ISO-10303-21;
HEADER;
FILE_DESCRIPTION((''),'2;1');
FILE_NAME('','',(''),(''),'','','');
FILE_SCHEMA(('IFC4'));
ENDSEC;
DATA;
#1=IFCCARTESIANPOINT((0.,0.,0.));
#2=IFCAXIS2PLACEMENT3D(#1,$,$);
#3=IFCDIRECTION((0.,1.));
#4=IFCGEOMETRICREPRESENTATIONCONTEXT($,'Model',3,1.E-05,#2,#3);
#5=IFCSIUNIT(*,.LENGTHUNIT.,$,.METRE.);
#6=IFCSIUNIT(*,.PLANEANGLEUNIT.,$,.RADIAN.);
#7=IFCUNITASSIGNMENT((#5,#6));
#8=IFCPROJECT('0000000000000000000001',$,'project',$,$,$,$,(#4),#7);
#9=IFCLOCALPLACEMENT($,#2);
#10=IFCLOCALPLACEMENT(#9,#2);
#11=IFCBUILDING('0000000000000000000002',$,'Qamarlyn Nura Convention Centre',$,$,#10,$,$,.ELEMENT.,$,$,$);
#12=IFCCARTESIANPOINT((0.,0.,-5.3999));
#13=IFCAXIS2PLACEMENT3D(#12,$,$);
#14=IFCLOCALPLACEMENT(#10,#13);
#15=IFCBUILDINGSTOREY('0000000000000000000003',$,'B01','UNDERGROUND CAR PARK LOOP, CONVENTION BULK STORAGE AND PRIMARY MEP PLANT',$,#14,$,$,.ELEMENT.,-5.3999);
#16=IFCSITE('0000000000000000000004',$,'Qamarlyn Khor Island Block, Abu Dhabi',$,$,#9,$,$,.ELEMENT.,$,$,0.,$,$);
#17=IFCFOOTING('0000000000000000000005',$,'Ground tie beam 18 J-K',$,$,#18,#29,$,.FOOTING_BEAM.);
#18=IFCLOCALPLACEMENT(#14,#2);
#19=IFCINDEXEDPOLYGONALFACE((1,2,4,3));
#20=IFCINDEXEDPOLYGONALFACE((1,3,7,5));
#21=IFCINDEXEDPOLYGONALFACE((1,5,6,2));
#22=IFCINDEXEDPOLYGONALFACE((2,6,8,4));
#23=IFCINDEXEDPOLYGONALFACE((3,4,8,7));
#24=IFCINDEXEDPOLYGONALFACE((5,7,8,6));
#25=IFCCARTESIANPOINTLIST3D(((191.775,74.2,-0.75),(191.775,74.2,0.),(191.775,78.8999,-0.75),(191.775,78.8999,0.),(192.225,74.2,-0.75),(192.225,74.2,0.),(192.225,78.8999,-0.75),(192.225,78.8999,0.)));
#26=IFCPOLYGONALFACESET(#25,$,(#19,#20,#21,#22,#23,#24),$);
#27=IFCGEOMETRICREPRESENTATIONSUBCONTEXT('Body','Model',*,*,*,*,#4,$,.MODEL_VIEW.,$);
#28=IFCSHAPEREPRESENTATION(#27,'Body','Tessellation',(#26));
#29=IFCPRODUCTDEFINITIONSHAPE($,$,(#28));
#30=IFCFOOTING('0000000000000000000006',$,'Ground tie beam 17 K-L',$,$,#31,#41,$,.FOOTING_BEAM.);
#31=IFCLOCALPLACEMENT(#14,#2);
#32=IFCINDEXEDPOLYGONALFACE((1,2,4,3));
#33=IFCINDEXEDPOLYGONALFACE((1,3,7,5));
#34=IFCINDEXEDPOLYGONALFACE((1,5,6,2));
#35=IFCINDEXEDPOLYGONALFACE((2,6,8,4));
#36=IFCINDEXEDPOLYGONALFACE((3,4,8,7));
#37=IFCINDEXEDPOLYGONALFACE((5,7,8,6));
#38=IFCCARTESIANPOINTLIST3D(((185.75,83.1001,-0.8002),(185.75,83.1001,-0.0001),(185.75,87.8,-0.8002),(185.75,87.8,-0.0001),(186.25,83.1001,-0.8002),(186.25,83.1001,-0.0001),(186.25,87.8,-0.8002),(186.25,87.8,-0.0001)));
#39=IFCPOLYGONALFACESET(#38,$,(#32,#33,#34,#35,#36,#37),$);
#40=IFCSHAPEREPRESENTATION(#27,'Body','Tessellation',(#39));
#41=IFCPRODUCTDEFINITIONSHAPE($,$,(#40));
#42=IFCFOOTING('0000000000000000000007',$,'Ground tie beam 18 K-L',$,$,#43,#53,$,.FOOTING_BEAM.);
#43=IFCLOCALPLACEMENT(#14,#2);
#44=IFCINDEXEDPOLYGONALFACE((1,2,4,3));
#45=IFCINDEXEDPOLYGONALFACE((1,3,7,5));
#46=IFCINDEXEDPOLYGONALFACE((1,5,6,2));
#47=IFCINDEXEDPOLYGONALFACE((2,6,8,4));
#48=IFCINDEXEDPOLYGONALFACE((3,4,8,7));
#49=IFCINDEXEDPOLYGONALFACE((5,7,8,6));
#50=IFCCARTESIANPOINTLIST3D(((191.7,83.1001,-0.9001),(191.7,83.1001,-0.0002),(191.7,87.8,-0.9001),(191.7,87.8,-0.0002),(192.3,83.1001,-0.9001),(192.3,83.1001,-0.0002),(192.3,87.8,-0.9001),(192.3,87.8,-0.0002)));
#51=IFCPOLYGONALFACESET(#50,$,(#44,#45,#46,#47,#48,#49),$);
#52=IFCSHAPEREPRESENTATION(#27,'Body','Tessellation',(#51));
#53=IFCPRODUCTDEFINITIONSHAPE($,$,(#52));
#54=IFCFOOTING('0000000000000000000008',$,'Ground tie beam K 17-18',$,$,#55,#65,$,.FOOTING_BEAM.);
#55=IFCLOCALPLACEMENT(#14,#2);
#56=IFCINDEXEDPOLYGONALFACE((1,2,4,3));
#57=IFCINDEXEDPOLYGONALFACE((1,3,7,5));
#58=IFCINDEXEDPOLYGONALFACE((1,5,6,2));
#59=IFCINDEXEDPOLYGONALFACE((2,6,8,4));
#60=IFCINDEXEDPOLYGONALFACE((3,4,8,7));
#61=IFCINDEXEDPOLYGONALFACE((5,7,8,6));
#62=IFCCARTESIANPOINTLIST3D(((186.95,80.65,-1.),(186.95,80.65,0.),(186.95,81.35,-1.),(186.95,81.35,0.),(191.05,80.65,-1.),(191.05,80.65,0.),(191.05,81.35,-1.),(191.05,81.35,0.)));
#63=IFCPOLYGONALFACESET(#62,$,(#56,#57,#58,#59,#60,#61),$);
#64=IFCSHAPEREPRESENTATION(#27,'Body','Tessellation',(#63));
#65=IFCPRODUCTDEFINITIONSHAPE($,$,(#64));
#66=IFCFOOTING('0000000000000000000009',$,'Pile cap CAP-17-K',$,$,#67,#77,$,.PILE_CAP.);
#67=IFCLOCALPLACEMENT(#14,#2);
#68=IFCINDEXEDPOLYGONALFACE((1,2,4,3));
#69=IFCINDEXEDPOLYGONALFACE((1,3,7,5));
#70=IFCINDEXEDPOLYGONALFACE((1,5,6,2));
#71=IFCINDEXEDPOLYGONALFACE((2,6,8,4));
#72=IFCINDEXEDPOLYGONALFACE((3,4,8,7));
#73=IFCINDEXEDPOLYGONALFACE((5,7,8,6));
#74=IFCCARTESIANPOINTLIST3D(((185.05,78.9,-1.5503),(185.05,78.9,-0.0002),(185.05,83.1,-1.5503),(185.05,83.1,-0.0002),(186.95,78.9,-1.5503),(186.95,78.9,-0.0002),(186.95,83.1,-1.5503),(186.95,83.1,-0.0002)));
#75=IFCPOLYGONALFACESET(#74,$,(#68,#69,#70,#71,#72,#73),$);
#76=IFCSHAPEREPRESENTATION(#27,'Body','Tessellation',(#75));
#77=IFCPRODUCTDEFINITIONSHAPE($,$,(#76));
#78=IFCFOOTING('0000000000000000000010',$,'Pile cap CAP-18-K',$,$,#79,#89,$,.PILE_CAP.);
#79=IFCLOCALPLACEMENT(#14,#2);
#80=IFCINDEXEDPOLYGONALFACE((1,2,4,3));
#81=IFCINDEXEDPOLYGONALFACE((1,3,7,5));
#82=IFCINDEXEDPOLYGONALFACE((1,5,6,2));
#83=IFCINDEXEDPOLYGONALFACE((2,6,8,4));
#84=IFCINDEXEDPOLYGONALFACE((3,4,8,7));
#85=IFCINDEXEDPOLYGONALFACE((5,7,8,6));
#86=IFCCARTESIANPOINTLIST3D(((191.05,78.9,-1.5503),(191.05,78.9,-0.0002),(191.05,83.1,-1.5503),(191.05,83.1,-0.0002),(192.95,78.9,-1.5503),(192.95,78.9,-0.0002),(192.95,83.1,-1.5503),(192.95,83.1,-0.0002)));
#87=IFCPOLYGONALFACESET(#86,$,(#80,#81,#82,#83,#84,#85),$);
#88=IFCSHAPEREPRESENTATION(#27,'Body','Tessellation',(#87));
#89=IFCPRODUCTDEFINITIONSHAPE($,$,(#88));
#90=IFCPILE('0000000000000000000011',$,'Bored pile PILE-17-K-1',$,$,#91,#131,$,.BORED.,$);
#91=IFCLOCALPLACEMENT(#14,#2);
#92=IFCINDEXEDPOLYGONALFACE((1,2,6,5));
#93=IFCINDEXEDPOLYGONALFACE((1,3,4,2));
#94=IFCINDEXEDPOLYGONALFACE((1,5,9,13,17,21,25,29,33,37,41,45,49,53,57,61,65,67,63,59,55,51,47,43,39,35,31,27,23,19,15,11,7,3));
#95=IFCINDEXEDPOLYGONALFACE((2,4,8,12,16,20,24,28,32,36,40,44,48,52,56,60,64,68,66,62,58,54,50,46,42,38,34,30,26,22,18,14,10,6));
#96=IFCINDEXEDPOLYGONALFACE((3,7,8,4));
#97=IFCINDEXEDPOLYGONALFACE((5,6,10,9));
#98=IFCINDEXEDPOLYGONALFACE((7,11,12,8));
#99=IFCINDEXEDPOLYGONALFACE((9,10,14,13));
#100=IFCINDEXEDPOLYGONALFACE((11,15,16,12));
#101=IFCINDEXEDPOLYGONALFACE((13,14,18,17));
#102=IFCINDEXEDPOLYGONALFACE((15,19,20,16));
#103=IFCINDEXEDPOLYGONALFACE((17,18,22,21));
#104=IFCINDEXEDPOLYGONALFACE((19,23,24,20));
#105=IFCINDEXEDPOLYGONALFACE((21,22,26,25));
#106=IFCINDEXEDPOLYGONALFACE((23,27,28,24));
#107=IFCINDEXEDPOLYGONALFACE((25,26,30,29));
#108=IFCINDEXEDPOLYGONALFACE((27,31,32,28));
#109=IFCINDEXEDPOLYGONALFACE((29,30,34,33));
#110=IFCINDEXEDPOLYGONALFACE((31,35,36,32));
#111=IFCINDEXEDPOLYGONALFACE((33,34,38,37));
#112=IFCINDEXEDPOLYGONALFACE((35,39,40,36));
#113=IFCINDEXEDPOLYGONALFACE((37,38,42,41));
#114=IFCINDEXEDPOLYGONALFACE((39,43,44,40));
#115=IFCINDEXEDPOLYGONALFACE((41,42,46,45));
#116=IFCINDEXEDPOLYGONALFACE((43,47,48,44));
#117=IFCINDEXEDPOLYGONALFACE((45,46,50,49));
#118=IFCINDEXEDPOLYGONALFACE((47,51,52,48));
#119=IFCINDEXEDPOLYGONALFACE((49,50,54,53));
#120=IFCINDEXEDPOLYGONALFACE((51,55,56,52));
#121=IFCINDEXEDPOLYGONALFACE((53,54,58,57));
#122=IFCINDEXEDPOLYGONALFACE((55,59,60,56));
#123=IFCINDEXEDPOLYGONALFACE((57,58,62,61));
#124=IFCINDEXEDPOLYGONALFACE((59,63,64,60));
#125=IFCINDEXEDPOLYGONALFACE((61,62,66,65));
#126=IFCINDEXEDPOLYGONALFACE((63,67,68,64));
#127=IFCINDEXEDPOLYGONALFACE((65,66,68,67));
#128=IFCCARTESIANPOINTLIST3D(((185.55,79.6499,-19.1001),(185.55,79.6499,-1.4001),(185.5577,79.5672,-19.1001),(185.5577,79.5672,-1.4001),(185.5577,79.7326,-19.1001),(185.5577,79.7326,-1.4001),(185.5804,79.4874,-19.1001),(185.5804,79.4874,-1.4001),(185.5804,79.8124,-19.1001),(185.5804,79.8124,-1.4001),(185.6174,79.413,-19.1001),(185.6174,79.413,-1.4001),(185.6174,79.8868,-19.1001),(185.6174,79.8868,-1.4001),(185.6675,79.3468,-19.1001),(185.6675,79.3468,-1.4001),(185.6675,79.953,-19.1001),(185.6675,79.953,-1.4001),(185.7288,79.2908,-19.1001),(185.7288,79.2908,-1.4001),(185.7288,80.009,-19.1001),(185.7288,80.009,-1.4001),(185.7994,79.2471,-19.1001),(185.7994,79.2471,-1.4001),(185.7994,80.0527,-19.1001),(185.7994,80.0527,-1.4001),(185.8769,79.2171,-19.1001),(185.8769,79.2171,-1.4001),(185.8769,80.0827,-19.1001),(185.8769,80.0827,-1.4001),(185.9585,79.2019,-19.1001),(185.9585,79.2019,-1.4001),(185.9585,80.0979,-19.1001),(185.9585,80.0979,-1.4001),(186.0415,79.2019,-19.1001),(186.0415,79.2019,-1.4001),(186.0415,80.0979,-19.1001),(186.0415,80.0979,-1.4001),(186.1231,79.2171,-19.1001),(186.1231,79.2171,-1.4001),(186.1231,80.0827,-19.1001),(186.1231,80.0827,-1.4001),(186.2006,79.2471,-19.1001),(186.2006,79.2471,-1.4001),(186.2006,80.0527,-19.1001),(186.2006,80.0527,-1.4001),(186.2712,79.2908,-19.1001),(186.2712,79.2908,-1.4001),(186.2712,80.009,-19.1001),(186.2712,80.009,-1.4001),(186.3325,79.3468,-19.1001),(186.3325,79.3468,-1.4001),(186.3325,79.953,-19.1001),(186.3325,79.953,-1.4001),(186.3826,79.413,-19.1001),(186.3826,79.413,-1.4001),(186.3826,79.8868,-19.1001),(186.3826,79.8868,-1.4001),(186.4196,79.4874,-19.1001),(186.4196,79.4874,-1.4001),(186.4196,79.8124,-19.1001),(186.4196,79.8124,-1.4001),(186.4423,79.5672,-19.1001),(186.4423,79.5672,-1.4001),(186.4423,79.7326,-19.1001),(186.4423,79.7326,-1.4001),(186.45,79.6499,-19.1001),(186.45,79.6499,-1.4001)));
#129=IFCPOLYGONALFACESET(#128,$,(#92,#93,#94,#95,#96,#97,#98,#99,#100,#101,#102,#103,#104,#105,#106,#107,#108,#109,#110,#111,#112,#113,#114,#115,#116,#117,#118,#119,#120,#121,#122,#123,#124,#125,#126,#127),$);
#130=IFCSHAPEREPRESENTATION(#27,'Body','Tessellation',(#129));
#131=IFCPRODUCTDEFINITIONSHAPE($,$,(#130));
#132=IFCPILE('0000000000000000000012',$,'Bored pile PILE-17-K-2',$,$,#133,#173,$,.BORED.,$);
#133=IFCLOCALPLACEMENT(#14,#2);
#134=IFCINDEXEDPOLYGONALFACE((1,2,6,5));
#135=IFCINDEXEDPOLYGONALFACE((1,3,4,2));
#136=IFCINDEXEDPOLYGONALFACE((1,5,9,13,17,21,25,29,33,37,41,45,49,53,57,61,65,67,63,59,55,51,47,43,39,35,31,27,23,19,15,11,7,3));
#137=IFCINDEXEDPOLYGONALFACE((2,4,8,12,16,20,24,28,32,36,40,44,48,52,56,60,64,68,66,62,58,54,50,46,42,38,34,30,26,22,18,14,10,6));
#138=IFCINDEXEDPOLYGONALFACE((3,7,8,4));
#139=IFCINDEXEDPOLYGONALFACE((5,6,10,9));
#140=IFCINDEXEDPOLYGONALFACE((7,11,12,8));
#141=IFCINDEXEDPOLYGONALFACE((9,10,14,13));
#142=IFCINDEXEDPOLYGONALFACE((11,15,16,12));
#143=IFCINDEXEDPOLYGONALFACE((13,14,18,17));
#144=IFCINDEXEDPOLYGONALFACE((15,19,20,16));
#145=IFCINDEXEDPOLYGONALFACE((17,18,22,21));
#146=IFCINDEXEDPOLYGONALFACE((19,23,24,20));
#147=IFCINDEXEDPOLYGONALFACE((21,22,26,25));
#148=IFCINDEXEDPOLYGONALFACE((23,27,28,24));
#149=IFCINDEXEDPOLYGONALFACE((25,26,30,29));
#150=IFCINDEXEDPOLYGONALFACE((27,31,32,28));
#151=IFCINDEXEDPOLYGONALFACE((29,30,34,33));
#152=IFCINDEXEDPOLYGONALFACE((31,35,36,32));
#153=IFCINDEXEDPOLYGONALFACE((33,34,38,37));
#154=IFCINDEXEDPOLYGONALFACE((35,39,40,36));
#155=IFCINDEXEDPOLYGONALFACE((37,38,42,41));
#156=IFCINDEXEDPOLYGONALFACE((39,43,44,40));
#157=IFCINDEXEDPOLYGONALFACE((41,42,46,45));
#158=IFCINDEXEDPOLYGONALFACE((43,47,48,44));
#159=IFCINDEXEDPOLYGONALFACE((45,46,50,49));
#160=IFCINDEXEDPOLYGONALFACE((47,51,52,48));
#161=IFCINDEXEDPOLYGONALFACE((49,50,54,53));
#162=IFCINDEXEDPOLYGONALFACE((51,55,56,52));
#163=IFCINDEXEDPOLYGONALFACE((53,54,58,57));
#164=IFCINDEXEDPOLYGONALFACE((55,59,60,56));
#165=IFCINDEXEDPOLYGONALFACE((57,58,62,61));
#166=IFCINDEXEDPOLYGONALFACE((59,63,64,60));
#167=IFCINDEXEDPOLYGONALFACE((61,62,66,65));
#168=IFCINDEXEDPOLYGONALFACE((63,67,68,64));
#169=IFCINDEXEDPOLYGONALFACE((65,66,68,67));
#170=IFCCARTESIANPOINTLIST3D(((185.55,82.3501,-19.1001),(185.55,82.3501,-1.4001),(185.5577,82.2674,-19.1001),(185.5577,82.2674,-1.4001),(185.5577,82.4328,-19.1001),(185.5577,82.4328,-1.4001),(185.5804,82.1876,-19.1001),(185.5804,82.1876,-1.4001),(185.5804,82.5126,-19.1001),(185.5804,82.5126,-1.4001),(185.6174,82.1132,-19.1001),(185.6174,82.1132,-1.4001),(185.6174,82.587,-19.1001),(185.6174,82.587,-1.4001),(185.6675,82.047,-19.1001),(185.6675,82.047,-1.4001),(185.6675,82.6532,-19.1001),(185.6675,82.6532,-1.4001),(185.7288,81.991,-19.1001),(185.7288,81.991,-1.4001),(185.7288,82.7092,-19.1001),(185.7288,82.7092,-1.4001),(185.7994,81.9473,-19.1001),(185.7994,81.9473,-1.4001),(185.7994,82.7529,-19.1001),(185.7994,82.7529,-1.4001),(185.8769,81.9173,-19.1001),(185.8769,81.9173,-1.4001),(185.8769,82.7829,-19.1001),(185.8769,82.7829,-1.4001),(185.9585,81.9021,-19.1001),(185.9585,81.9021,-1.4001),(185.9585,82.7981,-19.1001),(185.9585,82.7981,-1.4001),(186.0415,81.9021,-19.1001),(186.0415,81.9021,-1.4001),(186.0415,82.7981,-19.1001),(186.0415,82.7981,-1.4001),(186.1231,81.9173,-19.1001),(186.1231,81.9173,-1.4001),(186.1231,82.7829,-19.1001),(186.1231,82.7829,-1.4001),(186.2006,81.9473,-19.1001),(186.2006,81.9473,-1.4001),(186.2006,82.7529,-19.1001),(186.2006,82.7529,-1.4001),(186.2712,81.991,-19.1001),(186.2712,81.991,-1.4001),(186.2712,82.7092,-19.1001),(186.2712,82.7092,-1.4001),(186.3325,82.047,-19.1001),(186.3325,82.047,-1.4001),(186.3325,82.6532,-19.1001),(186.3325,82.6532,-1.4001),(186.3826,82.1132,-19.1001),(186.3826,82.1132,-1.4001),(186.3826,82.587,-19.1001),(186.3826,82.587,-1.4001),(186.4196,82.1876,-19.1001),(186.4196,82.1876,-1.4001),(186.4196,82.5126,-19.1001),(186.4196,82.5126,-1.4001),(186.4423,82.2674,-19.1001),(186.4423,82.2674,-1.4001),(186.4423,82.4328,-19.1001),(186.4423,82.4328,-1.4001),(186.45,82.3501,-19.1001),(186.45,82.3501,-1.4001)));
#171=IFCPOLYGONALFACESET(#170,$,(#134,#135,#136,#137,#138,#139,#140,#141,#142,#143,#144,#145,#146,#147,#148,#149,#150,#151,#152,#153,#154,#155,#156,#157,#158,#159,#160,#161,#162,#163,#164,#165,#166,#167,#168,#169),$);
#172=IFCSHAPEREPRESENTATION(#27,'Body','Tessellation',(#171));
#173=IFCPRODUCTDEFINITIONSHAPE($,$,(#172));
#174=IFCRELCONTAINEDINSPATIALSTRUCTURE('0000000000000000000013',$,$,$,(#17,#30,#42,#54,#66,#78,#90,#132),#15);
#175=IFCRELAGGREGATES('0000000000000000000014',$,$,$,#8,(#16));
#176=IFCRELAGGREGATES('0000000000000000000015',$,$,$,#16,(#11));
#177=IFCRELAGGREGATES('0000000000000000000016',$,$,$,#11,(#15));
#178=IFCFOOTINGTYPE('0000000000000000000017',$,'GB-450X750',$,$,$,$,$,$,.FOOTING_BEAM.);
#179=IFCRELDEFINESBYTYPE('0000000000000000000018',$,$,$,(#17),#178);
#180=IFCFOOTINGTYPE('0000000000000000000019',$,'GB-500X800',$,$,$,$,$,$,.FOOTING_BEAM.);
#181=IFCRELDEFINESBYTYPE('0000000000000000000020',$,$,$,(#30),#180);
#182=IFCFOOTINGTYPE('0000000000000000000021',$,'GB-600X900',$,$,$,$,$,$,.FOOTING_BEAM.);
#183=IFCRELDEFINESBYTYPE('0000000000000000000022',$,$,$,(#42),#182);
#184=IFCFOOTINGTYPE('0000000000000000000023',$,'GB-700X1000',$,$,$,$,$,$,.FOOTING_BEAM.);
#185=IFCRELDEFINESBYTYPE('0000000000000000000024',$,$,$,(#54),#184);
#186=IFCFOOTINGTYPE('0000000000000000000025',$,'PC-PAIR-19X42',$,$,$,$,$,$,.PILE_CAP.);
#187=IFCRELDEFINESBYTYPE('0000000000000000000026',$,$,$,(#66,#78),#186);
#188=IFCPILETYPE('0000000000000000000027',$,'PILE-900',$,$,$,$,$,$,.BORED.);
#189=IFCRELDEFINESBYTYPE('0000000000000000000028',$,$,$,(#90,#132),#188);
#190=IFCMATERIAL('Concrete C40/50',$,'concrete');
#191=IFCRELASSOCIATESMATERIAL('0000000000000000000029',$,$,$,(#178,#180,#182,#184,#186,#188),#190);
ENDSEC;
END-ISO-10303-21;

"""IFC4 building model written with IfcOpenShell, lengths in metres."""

from ifc_helpers import new_model, si_unit, direction, frame, origin, origin_2d, place, context, subcontext, project, spatial, rectangle, circle, extrude, material, material_profile, profile_set, type_object, element, save


model = new_model("IFC4")

# Units and contexts
model_context = context("Model", 3, precision=1e-05, world=origin(), true_north=direction((0.0, 1.0)))
body_context = subcontext(model_context, "Body", "Model", "MODEL_VIEW")
ifc_project = project(units=[si_unit("LENGTHUNIT", "METRE"), si_unit("PLANEANGLEUNIT", "RADIAN")], contexts=[model_context])

# Site, building, storey
site_placement = place(None, origin())
site = spatial("IfcSite", under=ifc_project, at=site_placement, Name="Qamarlyn Khor Island Block, Abu Dhabi", CompositionType="ELEMENT", RefElevation=0.0)
building_placement = place(site_placement, origin())
building = spatial("IfcBuilding", under=site, at=building_placement, Name="Qamarlyn Nura Convention Centre", CompositionType="ELEMENT")
storey_placement = place(building_placement, frame((0.0, 0.0, -5.3999)))
storey = spatial("IfcBuildingStorey", under=building, at=storey_placement, Name="B01", Description="UNDERGROUND CAR PARK LOOP, CONVENTION BULK STORAGE AND PRIMARY MEP PLANT", CompositionType="ELEMENT", Elevation=-5.3999)

# Footings
ifc_material_1 = material(Name="Concrete C40/50", Category="concrete")
ifc_material_profile_1 = material_profile(ifc_material_1, rectangle(XDim=0.45, YDim=0.75, at=origin_2d()), Name="RC GB 450x750")
ifc_profile_set_1 = profile_set([ifc_material_profile_1], Name="Concrete C40/50")
footing_type_1 = type_object("IfcFootingType", Name="GB-450X750", PredefinedType="FOOTING_BEAM", material=ifc_profile_set_1)
footing_1_placement = place(storey_placement, frame((192.0, 74.2, -0.375), z_axis=(0.0, 1.0, 0.0), x_axis=(-1.0, 0.0, 0.0)))
element("IfcFooting", 1, at=footing_1_placement, inside=storey, type_object=footing_type_1, Name="Ground tie beam 18 J-K", PredefinedType="FOOTING_BEAM", context=body_context, shape_type="SweptSolid", body=[
    extrude(rectangle(XDim=0.45, YDim=0.75, at=origin_2d()), origin(), (0.0, 0.0, 1.0), 4.7),
])
ifc_material_profile_2 = material_profile(ifc_material_1, rectangle(XDim=0.5, YDim=0.8, at=origin_2d()), Name="RC GB 500x800")
ifc_profile_set_2 = profile_set([ifc_material_profile_2], Name="Concrete C40/50")
footing_type_2 = type_object("IfcFootingType", Name="GB-500X800", PredefinedType="FOOTING_BEAM", material=ifc_profile_set_2)
footing_2_placement = place(storey_placement, frame((186.0, 83.1001, -0.4001), z_axis=(0.0, 1.0, 0.0), x_axis=(-1.0, 0.0, 0.0)))
element("IfcFooting", 2, at=footing_2_placement, inside=storey, type_object=footing_type_2, Name="Ground tie beam 17 K-L", PredefinedType="FOOTING_BEAM", context=body_context, shape_type="SweptSolid", body=[
    extrude(rectangle(XDim=0.5, YDim=0.8, at=origin_2d()), origin(), (0.0, 0.0, 1.0), 4.7),
])
ifc_material_profile_3 = material_profile(ifc_material_1, rectangle(XDim=0.6001, YDim=0.8999, at=origin_2d()), Name="RC GB 600x900")
ifc_profile_set_3 = profile_set([ifc_material_profile_3], Name="Concrete C40/50")
footing_type_3 = type_object("IfcFootingType", Name="GB-600X900", PredefinedType="FOOTING_BEAM", material=ifc_profile_set_3)
footing_3_placement = place(storey_placement, frame((192.0, 83.1001, -0.4502), z_axis=(0.0, 1.0, 0.0), x_axis=(-1.0, 0.0, 0.0)))
element("IfcFooting", 3, at=footing_3_placement, inside=storey, type_object=footing_type_3, Name="Ground tie beam 18 K-L", PredefinedType="FOOTING_BEAM", context=body_context, shape_type="SweptSolid", body=[
    extrude(rectangle(XDim=0.6001, YDim=0.8999, at=origin_2d()), origin(), (0.0, 0.0, 1.0), 4.7),
])
ifc_material_profile_4 = material_profile(ifc_material_1, rectangle(XDim=0.7, YDim=1.0, at=origin_2d()), Name="RC GB 700x1000")
ifc_profile_set_4 = profile_set([ifc_material_profile_4], Name="Concrete C40/50")
footing_type_4 = type_object("IfcFootingType", Name="GB-700X1000", PredefinedType="FOOTING_BEAM", material=ifc_profile_set_4)
footing_4_placement = place(storey_placement, frame((186.95, 81.0, -0.5), z_axis=(1.0, 0.0, 0.0), x_axis=(0.0, 1.0, 0.0)))
element("IfcFooting", 4, at=footing_4_placement, inside=storey, type_object=footing_type_4, Name="Ground tie beam K 17-18", PredefinedType="FOOTING_BEAM", context=body_context, shape_type="SweptSolid", body=[
    extrude(rectangle(XDim=0.7, YDim=1.0, at=origin_2d()), origin(), (0.0, 0.0, 1.0), 4.1001),
])
footing_type_5 = type_object("IfcFootingType", Name="PC-PAIR-19X42", PredefinedType="PILE_CAP", material=ifc_material_1)
for number, where, z_axis, x_axis, name in (
    (5, (186.0, 81.0, -1.5503), (0.0, 0.0, 1.0), (1.0, 0.0, 0.0), "Pile cap CAP-17-K"),
    (6, (192.0, 81.0, -1.5503), (0.0, 0.0, 1.0), (1.0, 0.0, 0.0), "Pile cap CAP-18-K"),
):
    element("IfcFooting", number, at=place(storey_placement, frame(where, z_axis=z_axis, x_axis=x_axis)), inside=storey, type_object=footing_type_5, Name=name, PredefinedType="PILE_CAP", context=body_context, shape_type="SweptSolid", body=[
        extrude(rectangle(XDim=1.8999, YDim=4.2, at=origin_2d()), origin(), (0.0, 0.0, 1.0), 1.55),
    ])

# Piles
ifc_material_profile_5 = material_profile(ifc_material_1, circle(Radius=0.45, at=origin_2d()), Name="BORED PILE 900")
ifc_profile_set_5 = profile_set([ifc_material_profile_5], Name="Concrete C40/50")
pile_type = type_object("IfcPileType", Name="PILE-900", PredefinedType="BORED", material=ifc_profile_set_5)
for number, where, z_axis, x_axis, name in (
    (7, (186.0, 79.6499, -1.4001), (0.0, 0.0, -1.0), (1.0, 0.0, 0.0), "Bored pile PILE-17-K-1"),
    (8, (186.0, 82.3501, -1.4001), (0.0, 0.0, -1.0), (1.0, 0.0, 0.0), "Bored pile PILE-17-K-2"),
):
    element("IfcPile", number, at=place(storey_placement, frame(where, z_axis=z_axis, x_axis=x_axis)), inside=storey, type_object=pile_type, Name=name, PredefinedType="BORED", context=body_context, shape_type="SweptSolid", body=[
        extrude(circle(Radius=0.45, at=origin_2d()), origin(), (0.0, 0.0, 1.0), 17.7),
    ])

save(model, "model.ifc")
